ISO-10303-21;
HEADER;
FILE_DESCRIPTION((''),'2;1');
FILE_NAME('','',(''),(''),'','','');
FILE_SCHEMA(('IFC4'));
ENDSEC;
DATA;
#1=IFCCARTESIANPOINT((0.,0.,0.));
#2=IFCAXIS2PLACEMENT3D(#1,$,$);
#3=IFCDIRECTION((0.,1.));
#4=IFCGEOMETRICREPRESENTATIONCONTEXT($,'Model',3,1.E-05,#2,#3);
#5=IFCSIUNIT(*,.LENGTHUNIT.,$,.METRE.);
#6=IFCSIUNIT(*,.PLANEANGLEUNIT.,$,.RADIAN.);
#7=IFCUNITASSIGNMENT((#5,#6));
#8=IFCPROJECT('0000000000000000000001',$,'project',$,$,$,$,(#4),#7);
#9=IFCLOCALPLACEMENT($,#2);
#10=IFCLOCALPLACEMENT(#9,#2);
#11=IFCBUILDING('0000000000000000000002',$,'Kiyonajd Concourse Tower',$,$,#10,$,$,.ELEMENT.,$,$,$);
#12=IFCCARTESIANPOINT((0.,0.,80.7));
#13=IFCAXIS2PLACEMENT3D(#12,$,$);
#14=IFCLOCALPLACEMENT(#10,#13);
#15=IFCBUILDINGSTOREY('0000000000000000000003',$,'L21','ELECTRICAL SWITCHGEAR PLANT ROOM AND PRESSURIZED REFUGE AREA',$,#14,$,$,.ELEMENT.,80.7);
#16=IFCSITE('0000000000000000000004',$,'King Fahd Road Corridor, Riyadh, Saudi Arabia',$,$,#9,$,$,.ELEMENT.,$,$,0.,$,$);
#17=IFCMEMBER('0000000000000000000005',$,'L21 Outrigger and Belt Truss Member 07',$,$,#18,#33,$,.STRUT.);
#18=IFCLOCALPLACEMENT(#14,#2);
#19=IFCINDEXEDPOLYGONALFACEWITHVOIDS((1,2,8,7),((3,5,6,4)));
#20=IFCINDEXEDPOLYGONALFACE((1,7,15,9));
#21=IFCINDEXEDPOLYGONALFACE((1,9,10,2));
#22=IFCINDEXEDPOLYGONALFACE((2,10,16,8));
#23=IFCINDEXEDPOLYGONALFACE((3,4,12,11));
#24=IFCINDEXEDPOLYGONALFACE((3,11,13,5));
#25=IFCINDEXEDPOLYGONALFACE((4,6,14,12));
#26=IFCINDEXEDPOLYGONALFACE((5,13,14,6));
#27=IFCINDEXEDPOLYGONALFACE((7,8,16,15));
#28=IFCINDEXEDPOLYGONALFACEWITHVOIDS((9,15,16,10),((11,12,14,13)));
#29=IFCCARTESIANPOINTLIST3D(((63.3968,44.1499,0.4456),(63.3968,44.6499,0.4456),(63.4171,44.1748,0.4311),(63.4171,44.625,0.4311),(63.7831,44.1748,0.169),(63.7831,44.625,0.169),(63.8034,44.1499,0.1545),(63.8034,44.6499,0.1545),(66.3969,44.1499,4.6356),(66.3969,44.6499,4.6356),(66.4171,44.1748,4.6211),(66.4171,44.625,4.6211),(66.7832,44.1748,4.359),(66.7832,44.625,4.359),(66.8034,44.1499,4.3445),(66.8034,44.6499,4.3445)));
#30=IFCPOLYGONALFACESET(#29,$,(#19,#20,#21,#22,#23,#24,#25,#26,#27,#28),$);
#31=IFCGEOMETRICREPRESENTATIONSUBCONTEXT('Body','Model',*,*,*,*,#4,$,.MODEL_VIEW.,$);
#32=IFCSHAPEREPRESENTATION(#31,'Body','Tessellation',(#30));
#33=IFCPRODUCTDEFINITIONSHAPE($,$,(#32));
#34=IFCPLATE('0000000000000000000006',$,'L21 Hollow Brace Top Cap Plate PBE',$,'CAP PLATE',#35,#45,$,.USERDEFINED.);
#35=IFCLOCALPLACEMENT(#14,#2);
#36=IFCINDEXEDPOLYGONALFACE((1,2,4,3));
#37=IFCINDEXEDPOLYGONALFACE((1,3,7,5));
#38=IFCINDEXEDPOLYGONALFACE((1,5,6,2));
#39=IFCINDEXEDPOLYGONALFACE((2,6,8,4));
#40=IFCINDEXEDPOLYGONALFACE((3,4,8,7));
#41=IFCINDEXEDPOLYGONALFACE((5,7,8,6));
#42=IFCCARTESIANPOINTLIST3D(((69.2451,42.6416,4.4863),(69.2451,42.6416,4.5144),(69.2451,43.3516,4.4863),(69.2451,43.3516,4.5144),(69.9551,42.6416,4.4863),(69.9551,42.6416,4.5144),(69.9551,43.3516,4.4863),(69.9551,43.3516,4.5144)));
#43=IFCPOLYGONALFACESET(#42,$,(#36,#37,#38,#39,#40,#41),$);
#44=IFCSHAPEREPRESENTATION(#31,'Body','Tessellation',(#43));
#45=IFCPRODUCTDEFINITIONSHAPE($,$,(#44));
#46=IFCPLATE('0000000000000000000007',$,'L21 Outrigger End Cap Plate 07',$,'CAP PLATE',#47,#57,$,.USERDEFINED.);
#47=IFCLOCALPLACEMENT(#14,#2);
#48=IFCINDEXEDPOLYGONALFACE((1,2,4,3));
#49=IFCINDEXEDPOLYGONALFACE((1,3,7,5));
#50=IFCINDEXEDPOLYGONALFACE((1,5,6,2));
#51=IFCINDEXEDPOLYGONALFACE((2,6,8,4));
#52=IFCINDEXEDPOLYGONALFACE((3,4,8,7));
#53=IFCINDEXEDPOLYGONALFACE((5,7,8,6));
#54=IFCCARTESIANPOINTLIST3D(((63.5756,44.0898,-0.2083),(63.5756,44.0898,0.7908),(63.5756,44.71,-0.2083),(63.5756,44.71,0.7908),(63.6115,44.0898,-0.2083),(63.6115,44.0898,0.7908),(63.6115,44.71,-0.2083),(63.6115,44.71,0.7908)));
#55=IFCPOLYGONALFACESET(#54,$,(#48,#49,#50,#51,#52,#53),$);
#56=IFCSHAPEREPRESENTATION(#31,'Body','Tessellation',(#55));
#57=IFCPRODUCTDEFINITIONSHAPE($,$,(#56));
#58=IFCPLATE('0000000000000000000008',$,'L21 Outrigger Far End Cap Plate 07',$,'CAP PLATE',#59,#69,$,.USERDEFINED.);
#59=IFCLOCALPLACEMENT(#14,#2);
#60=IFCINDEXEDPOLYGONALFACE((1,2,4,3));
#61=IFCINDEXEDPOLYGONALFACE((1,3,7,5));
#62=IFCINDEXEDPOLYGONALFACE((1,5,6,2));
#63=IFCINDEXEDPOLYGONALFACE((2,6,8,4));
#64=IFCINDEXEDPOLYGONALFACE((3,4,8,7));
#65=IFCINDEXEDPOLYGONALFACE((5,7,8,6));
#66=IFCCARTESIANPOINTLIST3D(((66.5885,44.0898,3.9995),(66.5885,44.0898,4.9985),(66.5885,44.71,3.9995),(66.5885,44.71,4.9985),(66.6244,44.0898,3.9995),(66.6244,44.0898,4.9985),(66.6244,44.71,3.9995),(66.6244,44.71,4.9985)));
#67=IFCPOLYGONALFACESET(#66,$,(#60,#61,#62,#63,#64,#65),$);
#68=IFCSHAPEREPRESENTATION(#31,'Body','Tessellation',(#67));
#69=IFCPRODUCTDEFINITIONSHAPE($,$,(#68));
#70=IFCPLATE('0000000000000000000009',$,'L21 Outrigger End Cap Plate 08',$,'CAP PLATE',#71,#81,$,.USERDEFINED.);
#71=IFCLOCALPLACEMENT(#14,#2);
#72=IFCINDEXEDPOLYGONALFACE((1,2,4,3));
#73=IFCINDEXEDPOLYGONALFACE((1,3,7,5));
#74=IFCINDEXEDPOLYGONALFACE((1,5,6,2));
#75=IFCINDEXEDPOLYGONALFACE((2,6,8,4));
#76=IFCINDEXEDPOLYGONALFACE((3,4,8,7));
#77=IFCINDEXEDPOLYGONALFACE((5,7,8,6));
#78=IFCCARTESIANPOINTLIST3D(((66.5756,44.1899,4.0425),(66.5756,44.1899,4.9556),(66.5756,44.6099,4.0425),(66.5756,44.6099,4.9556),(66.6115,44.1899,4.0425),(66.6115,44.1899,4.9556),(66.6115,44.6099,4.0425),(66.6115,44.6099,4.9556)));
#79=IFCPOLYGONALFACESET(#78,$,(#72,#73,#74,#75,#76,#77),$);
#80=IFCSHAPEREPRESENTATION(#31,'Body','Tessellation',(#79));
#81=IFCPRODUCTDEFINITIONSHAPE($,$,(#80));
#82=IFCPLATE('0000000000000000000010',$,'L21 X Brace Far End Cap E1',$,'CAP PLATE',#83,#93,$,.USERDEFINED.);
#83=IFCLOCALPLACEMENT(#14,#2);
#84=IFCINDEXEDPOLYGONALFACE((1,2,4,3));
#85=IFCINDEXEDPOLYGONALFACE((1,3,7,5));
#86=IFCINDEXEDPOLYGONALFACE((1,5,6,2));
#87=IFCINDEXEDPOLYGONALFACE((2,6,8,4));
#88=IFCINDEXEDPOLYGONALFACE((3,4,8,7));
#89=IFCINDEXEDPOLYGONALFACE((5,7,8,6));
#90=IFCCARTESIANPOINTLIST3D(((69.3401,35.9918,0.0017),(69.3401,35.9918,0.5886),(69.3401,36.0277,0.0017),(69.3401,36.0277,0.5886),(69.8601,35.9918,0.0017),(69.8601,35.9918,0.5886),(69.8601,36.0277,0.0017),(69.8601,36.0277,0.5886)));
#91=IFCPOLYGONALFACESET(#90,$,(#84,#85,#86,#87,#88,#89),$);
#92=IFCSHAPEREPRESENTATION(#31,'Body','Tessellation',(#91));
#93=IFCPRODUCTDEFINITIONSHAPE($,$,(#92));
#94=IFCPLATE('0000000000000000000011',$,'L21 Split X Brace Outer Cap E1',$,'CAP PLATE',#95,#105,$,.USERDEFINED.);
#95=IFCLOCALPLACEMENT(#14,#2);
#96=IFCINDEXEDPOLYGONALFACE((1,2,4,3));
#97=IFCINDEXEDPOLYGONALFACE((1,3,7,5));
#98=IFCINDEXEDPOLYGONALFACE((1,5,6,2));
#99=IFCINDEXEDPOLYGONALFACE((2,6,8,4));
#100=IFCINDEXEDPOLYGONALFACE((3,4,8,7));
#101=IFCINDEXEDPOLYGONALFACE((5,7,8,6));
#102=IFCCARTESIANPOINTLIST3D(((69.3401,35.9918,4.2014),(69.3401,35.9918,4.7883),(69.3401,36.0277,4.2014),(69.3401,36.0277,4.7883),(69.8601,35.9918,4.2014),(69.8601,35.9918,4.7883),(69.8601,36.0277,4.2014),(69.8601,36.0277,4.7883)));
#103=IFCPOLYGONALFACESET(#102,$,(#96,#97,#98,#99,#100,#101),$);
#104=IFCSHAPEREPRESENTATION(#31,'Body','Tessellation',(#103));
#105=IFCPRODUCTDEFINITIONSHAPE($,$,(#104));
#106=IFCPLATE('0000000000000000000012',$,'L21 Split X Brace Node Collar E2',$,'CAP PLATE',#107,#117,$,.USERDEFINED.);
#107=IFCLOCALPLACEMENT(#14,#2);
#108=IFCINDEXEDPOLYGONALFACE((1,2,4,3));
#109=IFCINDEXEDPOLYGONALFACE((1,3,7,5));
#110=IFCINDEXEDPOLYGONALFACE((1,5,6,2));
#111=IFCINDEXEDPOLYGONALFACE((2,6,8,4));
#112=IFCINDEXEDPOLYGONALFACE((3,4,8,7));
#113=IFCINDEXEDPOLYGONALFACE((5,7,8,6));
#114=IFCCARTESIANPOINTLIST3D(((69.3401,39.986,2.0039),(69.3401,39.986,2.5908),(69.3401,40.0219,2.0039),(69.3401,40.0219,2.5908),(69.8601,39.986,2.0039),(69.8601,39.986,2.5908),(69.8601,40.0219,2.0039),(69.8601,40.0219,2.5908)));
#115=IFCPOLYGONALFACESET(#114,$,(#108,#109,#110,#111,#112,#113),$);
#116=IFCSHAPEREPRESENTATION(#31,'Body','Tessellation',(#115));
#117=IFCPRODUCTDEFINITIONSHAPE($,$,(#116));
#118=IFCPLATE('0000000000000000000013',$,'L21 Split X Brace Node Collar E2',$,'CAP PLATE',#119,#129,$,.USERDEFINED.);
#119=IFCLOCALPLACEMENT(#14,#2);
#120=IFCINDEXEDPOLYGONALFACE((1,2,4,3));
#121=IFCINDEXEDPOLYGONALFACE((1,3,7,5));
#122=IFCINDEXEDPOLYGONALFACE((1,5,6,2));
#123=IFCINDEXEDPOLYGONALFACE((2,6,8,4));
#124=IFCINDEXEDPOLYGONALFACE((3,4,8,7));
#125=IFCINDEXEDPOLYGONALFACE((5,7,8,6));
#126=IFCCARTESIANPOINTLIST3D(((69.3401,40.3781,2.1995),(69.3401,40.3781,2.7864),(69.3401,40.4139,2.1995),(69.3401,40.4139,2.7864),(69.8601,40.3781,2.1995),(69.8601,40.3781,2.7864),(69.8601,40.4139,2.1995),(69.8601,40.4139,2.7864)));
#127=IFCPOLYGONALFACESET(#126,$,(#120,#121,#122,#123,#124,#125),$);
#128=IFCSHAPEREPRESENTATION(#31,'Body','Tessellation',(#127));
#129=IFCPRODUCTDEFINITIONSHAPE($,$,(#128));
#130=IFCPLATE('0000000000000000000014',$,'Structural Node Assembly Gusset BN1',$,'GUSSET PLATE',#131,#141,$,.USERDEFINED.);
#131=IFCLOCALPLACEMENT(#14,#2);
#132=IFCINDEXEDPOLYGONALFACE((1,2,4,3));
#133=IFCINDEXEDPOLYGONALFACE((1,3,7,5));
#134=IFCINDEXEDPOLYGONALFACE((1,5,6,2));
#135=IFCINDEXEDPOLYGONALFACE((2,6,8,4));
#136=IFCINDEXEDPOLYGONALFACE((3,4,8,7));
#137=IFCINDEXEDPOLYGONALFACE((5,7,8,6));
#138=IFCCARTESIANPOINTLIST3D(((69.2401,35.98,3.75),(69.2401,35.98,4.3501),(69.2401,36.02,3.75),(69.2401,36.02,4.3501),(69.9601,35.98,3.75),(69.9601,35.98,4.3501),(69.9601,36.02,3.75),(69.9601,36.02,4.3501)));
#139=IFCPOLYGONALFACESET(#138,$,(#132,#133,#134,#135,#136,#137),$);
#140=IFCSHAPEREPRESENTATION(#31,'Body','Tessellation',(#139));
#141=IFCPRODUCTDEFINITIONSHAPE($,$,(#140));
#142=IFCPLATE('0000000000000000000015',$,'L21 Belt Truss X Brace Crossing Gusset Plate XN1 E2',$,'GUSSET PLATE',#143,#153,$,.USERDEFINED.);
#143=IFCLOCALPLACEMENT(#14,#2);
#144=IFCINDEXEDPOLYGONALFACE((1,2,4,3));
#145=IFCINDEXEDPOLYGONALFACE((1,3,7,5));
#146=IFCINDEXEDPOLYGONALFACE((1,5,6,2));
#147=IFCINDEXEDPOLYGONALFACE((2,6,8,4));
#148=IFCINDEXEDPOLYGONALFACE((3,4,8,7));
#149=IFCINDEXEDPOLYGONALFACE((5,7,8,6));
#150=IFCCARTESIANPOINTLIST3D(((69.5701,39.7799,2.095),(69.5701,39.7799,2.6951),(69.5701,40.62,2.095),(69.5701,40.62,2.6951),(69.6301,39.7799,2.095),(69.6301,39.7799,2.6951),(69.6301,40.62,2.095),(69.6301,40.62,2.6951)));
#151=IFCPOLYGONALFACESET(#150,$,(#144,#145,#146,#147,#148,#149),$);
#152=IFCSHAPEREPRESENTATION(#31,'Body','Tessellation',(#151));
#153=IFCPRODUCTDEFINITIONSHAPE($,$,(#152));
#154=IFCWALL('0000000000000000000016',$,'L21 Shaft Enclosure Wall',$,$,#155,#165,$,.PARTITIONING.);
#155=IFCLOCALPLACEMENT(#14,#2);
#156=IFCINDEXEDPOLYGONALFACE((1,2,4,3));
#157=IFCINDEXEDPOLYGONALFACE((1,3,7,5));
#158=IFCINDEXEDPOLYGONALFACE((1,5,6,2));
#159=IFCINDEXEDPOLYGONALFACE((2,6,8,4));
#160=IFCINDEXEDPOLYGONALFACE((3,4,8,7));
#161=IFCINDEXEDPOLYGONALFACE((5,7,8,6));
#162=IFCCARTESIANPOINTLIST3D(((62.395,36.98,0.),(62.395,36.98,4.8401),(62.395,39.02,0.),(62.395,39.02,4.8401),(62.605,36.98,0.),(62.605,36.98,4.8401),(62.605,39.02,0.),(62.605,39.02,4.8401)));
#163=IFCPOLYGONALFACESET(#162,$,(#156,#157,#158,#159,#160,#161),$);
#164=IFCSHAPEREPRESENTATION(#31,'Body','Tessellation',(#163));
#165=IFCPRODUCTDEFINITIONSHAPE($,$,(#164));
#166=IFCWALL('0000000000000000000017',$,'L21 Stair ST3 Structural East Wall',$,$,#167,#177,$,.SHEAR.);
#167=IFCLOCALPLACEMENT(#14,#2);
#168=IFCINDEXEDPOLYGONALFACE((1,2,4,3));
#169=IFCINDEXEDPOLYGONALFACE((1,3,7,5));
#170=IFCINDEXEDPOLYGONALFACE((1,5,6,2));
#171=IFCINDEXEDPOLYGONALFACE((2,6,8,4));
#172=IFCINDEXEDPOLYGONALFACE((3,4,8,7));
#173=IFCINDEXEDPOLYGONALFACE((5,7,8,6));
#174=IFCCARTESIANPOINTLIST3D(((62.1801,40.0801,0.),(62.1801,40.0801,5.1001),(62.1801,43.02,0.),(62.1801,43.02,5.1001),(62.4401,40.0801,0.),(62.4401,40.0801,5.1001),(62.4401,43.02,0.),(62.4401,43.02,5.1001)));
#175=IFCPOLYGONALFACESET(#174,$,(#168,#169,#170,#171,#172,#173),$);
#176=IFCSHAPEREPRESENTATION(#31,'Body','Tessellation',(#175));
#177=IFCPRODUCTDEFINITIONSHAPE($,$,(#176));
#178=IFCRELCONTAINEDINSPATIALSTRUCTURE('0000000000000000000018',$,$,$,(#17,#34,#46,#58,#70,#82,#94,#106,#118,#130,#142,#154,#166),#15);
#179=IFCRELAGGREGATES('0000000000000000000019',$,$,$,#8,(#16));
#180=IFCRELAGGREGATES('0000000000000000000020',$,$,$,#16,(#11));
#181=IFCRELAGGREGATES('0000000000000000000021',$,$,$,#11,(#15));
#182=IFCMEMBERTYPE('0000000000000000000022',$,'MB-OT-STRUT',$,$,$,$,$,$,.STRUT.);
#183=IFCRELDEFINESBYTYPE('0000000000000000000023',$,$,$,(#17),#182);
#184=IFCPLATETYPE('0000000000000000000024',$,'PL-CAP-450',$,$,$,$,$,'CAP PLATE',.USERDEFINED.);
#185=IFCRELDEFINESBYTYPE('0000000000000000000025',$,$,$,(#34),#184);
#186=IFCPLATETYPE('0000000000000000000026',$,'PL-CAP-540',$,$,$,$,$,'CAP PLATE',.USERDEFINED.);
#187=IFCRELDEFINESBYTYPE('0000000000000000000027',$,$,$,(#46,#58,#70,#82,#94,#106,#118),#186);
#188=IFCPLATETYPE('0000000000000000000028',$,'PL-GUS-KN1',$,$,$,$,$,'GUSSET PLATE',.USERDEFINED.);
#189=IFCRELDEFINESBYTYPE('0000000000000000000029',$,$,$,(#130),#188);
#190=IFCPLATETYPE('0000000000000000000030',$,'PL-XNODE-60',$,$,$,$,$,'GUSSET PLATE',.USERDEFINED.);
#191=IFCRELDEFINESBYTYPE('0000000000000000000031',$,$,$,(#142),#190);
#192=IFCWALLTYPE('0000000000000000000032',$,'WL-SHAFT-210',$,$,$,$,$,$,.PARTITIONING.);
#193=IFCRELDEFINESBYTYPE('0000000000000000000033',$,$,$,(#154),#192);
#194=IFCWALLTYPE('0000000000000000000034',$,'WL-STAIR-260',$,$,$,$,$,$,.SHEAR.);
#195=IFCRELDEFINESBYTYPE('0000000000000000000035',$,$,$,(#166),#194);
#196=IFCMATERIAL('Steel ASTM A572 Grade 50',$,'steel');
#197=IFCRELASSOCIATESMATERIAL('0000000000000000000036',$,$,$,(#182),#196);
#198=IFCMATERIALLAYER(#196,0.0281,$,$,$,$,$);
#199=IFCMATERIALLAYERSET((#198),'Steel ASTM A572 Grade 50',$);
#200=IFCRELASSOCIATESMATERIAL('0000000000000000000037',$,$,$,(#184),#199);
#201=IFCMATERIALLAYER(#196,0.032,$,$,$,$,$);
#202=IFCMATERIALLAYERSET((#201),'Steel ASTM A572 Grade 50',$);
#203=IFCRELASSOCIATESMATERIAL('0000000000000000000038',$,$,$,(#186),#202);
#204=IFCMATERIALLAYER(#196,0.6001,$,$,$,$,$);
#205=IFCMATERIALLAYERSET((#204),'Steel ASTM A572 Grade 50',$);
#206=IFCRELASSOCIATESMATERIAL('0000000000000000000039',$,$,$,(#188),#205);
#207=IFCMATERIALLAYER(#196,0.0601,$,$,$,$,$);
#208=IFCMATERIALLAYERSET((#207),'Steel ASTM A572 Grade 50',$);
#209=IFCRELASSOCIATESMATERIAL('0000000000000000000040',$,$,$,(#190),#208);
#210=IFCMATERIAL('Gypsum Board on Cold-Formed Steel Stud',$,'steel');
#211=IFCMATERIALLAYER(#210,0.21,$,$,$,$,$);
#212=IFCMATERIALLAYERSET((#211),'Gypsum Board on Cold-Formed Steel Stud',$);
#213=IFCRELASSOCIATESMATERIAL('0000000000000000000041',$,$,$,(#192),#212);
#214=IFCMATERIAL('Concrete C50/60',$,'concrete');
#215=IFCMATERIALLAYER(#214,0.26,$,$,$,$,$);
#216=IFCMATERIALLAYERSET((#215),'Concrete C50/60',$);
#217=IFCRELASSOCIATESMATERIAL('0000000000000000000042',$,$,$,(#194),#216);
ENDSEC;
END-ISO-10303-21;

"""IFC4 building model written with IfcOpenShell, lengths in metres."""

from ifc_helpers import new_model, si_unit, direction, frame, frame_2d, origin, origin_2d, place, context, subcontext, project, spatial, rectangle, hollow_rectangle, extrude, material, layer, layer_set, material_profile, profile_set, type_object, element, save


model = new_model("IFC4")

# Units and contexts
model_context = context("Model", 3, precision=1e-05, world=origin(), true_north=direction((0.0, 1.0)))
body_context = subcontext(model_context, "Body", "Model", "MODEL_VIEW")
ifc_project = project(units=[si_unit("LENGTHUNIT", "METRE"), si_unit("PLANEANGLEUNIT", "RADIAN")], contexts=[model_context])

# Site, building, storey
site_placement = place(None, origin())
site = spatial("IfcSite", under=ifc_project, at=site_placement, Name="King Fahd Road Corridor, Riyadh, Saudi Arabia", CompositionType="ELEMENT", RefElevation=0.0)
building_placement = place(site_placement, origin())
building = spatial("IfcBuilding", under=site, at=building_placement, Name="Kiyonajd Concourse Tower", CompositionType="ELEMENT")
storey_placement = place(building_placement, frame((0.0, 0.0, 80.7)))
storey = spatial("IfcBuildingStorey", under=building, at=storey_placement, Name="L21", Description="ELECTRICAL SWITCHGEAR PLANT ROOM AND PRESSURIZED REFUGE AREA", CompositionType="ELEMENT", Elevation=80.7)

# Member
ifc_material_1 = material(Name="Steel ASTM A572 Grade 50", Category="steel")
ifc_material_profile_1 = material_profile(ifc_material_1, hollow_rectangle(XDim=0.5, YDim=0.5, WallThickness=0.0249, at=origin_2d()), Name="HSS-500x500x25")
ifc_profile_set_1 = profile_set([ifc_material_profile_1], Name="Steel ASTM A572 Grade 50")
member_type_1 = type_object("IfcMemberType", Name="MB-OT-STRUT", PredefinedType="STRUT", material=ifc_profile_set_1)
member_1_placement = place(storey_placement, frame((63.6001, 44.3999, 0.3), z_axis=(0.582161, 0.0, 0.813074), x_axis=(0.0, 1.0, 0.0)))
element("IfcMember", 1, at=member_1_placement, inside=storey, type_object=member_type_1, Name="L21 Outrigger and Belt Truss Member 07", PredefinedType="STRUT", context=body_context, shape_type="SweptSolid", body=[
    extrude(hollow_rectangle(XDim=0.5, YDim=0.5, WallThickness=0.0249, at=origin_2d()), origin(), (0.0, 0.0, 1.0), 5.1533),
])

# Plates
ifc_layer_1 = layer(ifc_material_1, 0.0281)
ifc_layer_set_1 = layer_set([ifc_layer_1], Name="Steel ASTM A572 Grade 50")
plate_type_1 = type_object("IfcPlateType", Name="PL-CAP-450", ElementType="CAP PLATE", PredefinedType="USERDEFINED", material=ifc_layer_set_1)
plate_1_placement = place(storey_placement, frame((69.6001, 42.9966, 4.4863), z_axis=(0.0, 0.0, 1.0), x_axis=(1.0, 0.0, 0.0)))
element("IfcPlate", 2, at=plate_1_placement, inside=storey, type_object=plate_type_1, Name="L21 Hollow Brace Top Cap Plate PBE", ObjectType="CAP PLATE", PredefinedType="USERDEFINED", context=body_context, shape_type="SweptSolid", body=[
    extrude(rectangle(XDim=0.71, YDim=0.71, at=origin_2d()), origin(), (0.0, 0.0, 1.0), 0.0281),
])
ifc_layer_2 = layer(ifc_material_1, 0.032)
ifc_layer_set_2 = layer_set([ifc_layer_2], Name="Steel ASTM A572 Grade 50")
plate_type_2 = type_object("IfcPlateType", Name="PL-CAP-540", ElementType="CAP PLATE", PredefinedType="USERDEFINED", material=ifc_layer_set_2)
for number, where, z_axis, x_axis, name in (
    (3, (63.5935, 44.3999, -0.2083), (0.0, 0.0, 1.0), (-1.0, 0.0, 0.0), "L21 Outrigger End Cap Plate 07"),
    (4, (66.6064, 44.3999, 3.9995), (0.0, 0.0, 1.0), (1.0, 0.0, 0.0), "L21 Outrigger Far End Cap Plate 07"),
):
    element("IfcPlate", number, at=place(storey_placement, frame(where, z_axis=z_axis, x_axis=x_axis)), inside=storey, type_object=plate_type_2, Name=name, ObjectType="CAP PLATE", PredefinedType="USERDEFINED", context=body_context, shape_type="SweptSolid", body=[
        extrude(rectangle(XDim=0.0359, YDim=0.6201, at=origin_2d()), origin(), (0.0, 0.0, 1.0), 0.999),
    ])
plate_2_placement = place(storey_placement, frame((66.5935, 44.3999, 4.0425), z_axis=(0.0, 0.0, 1.0), x_axis=(-1.0, 0.0, 0.0)))
element("IfcPlate", 5, at=plate_2_placement, inside=storey, type_object=plate_type_2, Name="L21 Outrigger End Cap Plate 08", ObjectType="CAP PLATE", PredefinedType="USERDEFINED", context=body_context, shape_type="SweptSolid", body=[
    extrude(rectangle(XDim=0.0359, YDim=0.4199, at=origin_2d()), origin(), (0.0, 0.0, 1.0), 0.9131),
])
for number, where, z_axis, x_axis, name in (
    (6, (69.6001, 36.0098, 0.0017), (0.0, 0.0, 1.0), (0.0, 1.0, 0.0), "L21 X Brace Far End Cap E1"),
    (7, (69.6001, 36.0098, 4.2014), (0.0, 0.0, 1.0), (0.0, 1.0, 0.0), "L21 Split X Brace Outer Cap E1"),
    (8, (69.6001, 40.0039, 2.0039), (0.0, 0.0, 1.0), (0.0, 1.0, 0.0), "L21 Split X Brace Node Collar E2"),
    (9, (69.6001, 40.396, 2.1995), (0.0, 0.0, 1.0), (0.0, -1.0, 0.0), "L21 Split X Brace Node Collar E2"),
):
    element("IfcPlate", number, at=place(storey_placement, frame(where, z_axis=z_axis, x_axis=x_axis)), inside=storey, type_object=plate_type_2, Name=name, ObjectType="CAP PLATE", PredefinedType="USERDEFINED", context=body_context, shape_type="SweptSolid", body=[
        extrude(rectangle(XDim=0.0359, YDim=0.52, at=origin_2d()), origin(), (0.0, 0.0, 1.0), 0.5869),
    ])
ifc_layer_3 = layer(ifc_material_1, 0.6001)
ifc_layer_set_3 = layer_set([ifc_layer_3], Name="Steel ASTM A572 Grade 50")
plate_type_3 = type_object("IfcPlateType", Name="PL-GUS-KN1", ElementType="GUSSET PLATE", PredefinedType="USERDEFINED", material=ifc_layer_set_3)
plate_3_placement = place(storey_placement, frame((69.6001, 36.0, 3.75), z_axis=(0.0, 0.0, 1.0), x_axis=(1.0, 0.0, 0.0)))
element("IfcPlate", 10, at=plate_3_placement, inside=storey, type_object=plate_type_3, Name="Structural Node Assembly Gusset BN1", ObjectType="GUSSET PLATE", PredefinedType="USERDEFINED", context=body_context, shape_type="SweptSolid", body=[
    extrude(rectangle(XDim=0.72, YDim=0.04, at=origin_2d()), origin(), (0.0, 0.0, 1.0), 0.6001),
])
ifc_layer_4 = layer(ifc_material_1, 0.0601)
ifc_layer_set_4 = layer_set([ifc_layer_4], Name="Steel ASTM A572 Grade 50")
plate_type_4 = type_object("IfcPlateType", Name="PL-XNODE-60", ElementType="GUSSET PLATE", PredefinedType="USERDEFINED", material=ifc_layer_set_4)
plate_4_placement = place(storey_placement, frame((69.6001, 40.2, 2.095), z_axis=(0.0, 0.0, 1.0), x_axis=(1.0, 0.0, 0.0)))
element("IfcPlate", 11, at=plate_4_placement, inside=storey, type_object=plate_type_4, Name="L21 Belt Truss X Brace Crossing Gusset Plate XN1 E2", ObjectType="GUSSET PLATE", PredefinedType="USERDEFINED", context=body_context, shape_type="SweptSolid", body=[
    extrude(rectangle(XDim=0.0601, YDim=0.8401, at=origin_2d()), origin(), (0.0, 0.0, 1.0), 0.6001),
])

# Walls
ifc_material_2 = material(Name="Gypsum Board on Cold-Formed Steel Stud", Category="steel")
ifc_layer_5 = layer(ifc_material_2, 0.21)
ifc_layer_set_5 = layer_set([ifc_layer_5], Name="Gypsum Board on Cold-Formed Steel Stud")
wall_type_1 = type_object("IfcWallType", Name="WL-SHAFT-210", PredefinedType="PARTITIONING", material=ifc_layer_set_5)
wall_1_placement = place(storey_placement, frame((62.5, 36.98, 0.0), z_axis=(0.0, 0.0, 1.0), x_axis=(0.0, 1.0, 0.0)))
element("IfcWall", 12, at=wall_1_placement, inside=storey, type_object=wall_type_1, Name="L21 Shaft Enclosure Wall", PredefinedType="PARTITIONING", context=body_context, shape_type="SweptSolid", body=[
    extrude(rectangle(XDim=2.04, YDim=0.21, at=frame_2d((1.02, 0.0))), origin(), (0.0, 0.0, 1.0), 4.8401),
])
ifc_material_3 = material(Name="Concrete C50/60", Category="concrete")
ifc_layer_6 = layer(ifc_material_3, 0.26)
ifc_layer_set_6 = layer_set([ifc_layer_6], Name="Concrete C50/60")
wall_type_2 = type_object("IfcWallType", Name="WL-STAIR-260", PredefinedType="SHEAR", material=ifc_layer_set_6)
wall_2_placement = place(storey_placement, frame((62.3101, 40.0801, 0.0), z_axis=(0.0, 0.0, 1.0), x_axis=(0.0, 1.0, 0.0)))
element("IfcWall", 13, at=wall_2_placement, inside=storey, type_object=wall_type_2, Name="L21 Stair ST3 Structural East Wall", PredefinedType="SHEAR", context=body_context, shape_type="SweptSolid", body=[
    extrude(rectangle(XDim=2.9399, YDim=0.26, at=frame_2d((1.47, 0.0))), origin(), (0.0, 0.0, 1.0), 5.1001),
])

save(model, "model.ifc")
